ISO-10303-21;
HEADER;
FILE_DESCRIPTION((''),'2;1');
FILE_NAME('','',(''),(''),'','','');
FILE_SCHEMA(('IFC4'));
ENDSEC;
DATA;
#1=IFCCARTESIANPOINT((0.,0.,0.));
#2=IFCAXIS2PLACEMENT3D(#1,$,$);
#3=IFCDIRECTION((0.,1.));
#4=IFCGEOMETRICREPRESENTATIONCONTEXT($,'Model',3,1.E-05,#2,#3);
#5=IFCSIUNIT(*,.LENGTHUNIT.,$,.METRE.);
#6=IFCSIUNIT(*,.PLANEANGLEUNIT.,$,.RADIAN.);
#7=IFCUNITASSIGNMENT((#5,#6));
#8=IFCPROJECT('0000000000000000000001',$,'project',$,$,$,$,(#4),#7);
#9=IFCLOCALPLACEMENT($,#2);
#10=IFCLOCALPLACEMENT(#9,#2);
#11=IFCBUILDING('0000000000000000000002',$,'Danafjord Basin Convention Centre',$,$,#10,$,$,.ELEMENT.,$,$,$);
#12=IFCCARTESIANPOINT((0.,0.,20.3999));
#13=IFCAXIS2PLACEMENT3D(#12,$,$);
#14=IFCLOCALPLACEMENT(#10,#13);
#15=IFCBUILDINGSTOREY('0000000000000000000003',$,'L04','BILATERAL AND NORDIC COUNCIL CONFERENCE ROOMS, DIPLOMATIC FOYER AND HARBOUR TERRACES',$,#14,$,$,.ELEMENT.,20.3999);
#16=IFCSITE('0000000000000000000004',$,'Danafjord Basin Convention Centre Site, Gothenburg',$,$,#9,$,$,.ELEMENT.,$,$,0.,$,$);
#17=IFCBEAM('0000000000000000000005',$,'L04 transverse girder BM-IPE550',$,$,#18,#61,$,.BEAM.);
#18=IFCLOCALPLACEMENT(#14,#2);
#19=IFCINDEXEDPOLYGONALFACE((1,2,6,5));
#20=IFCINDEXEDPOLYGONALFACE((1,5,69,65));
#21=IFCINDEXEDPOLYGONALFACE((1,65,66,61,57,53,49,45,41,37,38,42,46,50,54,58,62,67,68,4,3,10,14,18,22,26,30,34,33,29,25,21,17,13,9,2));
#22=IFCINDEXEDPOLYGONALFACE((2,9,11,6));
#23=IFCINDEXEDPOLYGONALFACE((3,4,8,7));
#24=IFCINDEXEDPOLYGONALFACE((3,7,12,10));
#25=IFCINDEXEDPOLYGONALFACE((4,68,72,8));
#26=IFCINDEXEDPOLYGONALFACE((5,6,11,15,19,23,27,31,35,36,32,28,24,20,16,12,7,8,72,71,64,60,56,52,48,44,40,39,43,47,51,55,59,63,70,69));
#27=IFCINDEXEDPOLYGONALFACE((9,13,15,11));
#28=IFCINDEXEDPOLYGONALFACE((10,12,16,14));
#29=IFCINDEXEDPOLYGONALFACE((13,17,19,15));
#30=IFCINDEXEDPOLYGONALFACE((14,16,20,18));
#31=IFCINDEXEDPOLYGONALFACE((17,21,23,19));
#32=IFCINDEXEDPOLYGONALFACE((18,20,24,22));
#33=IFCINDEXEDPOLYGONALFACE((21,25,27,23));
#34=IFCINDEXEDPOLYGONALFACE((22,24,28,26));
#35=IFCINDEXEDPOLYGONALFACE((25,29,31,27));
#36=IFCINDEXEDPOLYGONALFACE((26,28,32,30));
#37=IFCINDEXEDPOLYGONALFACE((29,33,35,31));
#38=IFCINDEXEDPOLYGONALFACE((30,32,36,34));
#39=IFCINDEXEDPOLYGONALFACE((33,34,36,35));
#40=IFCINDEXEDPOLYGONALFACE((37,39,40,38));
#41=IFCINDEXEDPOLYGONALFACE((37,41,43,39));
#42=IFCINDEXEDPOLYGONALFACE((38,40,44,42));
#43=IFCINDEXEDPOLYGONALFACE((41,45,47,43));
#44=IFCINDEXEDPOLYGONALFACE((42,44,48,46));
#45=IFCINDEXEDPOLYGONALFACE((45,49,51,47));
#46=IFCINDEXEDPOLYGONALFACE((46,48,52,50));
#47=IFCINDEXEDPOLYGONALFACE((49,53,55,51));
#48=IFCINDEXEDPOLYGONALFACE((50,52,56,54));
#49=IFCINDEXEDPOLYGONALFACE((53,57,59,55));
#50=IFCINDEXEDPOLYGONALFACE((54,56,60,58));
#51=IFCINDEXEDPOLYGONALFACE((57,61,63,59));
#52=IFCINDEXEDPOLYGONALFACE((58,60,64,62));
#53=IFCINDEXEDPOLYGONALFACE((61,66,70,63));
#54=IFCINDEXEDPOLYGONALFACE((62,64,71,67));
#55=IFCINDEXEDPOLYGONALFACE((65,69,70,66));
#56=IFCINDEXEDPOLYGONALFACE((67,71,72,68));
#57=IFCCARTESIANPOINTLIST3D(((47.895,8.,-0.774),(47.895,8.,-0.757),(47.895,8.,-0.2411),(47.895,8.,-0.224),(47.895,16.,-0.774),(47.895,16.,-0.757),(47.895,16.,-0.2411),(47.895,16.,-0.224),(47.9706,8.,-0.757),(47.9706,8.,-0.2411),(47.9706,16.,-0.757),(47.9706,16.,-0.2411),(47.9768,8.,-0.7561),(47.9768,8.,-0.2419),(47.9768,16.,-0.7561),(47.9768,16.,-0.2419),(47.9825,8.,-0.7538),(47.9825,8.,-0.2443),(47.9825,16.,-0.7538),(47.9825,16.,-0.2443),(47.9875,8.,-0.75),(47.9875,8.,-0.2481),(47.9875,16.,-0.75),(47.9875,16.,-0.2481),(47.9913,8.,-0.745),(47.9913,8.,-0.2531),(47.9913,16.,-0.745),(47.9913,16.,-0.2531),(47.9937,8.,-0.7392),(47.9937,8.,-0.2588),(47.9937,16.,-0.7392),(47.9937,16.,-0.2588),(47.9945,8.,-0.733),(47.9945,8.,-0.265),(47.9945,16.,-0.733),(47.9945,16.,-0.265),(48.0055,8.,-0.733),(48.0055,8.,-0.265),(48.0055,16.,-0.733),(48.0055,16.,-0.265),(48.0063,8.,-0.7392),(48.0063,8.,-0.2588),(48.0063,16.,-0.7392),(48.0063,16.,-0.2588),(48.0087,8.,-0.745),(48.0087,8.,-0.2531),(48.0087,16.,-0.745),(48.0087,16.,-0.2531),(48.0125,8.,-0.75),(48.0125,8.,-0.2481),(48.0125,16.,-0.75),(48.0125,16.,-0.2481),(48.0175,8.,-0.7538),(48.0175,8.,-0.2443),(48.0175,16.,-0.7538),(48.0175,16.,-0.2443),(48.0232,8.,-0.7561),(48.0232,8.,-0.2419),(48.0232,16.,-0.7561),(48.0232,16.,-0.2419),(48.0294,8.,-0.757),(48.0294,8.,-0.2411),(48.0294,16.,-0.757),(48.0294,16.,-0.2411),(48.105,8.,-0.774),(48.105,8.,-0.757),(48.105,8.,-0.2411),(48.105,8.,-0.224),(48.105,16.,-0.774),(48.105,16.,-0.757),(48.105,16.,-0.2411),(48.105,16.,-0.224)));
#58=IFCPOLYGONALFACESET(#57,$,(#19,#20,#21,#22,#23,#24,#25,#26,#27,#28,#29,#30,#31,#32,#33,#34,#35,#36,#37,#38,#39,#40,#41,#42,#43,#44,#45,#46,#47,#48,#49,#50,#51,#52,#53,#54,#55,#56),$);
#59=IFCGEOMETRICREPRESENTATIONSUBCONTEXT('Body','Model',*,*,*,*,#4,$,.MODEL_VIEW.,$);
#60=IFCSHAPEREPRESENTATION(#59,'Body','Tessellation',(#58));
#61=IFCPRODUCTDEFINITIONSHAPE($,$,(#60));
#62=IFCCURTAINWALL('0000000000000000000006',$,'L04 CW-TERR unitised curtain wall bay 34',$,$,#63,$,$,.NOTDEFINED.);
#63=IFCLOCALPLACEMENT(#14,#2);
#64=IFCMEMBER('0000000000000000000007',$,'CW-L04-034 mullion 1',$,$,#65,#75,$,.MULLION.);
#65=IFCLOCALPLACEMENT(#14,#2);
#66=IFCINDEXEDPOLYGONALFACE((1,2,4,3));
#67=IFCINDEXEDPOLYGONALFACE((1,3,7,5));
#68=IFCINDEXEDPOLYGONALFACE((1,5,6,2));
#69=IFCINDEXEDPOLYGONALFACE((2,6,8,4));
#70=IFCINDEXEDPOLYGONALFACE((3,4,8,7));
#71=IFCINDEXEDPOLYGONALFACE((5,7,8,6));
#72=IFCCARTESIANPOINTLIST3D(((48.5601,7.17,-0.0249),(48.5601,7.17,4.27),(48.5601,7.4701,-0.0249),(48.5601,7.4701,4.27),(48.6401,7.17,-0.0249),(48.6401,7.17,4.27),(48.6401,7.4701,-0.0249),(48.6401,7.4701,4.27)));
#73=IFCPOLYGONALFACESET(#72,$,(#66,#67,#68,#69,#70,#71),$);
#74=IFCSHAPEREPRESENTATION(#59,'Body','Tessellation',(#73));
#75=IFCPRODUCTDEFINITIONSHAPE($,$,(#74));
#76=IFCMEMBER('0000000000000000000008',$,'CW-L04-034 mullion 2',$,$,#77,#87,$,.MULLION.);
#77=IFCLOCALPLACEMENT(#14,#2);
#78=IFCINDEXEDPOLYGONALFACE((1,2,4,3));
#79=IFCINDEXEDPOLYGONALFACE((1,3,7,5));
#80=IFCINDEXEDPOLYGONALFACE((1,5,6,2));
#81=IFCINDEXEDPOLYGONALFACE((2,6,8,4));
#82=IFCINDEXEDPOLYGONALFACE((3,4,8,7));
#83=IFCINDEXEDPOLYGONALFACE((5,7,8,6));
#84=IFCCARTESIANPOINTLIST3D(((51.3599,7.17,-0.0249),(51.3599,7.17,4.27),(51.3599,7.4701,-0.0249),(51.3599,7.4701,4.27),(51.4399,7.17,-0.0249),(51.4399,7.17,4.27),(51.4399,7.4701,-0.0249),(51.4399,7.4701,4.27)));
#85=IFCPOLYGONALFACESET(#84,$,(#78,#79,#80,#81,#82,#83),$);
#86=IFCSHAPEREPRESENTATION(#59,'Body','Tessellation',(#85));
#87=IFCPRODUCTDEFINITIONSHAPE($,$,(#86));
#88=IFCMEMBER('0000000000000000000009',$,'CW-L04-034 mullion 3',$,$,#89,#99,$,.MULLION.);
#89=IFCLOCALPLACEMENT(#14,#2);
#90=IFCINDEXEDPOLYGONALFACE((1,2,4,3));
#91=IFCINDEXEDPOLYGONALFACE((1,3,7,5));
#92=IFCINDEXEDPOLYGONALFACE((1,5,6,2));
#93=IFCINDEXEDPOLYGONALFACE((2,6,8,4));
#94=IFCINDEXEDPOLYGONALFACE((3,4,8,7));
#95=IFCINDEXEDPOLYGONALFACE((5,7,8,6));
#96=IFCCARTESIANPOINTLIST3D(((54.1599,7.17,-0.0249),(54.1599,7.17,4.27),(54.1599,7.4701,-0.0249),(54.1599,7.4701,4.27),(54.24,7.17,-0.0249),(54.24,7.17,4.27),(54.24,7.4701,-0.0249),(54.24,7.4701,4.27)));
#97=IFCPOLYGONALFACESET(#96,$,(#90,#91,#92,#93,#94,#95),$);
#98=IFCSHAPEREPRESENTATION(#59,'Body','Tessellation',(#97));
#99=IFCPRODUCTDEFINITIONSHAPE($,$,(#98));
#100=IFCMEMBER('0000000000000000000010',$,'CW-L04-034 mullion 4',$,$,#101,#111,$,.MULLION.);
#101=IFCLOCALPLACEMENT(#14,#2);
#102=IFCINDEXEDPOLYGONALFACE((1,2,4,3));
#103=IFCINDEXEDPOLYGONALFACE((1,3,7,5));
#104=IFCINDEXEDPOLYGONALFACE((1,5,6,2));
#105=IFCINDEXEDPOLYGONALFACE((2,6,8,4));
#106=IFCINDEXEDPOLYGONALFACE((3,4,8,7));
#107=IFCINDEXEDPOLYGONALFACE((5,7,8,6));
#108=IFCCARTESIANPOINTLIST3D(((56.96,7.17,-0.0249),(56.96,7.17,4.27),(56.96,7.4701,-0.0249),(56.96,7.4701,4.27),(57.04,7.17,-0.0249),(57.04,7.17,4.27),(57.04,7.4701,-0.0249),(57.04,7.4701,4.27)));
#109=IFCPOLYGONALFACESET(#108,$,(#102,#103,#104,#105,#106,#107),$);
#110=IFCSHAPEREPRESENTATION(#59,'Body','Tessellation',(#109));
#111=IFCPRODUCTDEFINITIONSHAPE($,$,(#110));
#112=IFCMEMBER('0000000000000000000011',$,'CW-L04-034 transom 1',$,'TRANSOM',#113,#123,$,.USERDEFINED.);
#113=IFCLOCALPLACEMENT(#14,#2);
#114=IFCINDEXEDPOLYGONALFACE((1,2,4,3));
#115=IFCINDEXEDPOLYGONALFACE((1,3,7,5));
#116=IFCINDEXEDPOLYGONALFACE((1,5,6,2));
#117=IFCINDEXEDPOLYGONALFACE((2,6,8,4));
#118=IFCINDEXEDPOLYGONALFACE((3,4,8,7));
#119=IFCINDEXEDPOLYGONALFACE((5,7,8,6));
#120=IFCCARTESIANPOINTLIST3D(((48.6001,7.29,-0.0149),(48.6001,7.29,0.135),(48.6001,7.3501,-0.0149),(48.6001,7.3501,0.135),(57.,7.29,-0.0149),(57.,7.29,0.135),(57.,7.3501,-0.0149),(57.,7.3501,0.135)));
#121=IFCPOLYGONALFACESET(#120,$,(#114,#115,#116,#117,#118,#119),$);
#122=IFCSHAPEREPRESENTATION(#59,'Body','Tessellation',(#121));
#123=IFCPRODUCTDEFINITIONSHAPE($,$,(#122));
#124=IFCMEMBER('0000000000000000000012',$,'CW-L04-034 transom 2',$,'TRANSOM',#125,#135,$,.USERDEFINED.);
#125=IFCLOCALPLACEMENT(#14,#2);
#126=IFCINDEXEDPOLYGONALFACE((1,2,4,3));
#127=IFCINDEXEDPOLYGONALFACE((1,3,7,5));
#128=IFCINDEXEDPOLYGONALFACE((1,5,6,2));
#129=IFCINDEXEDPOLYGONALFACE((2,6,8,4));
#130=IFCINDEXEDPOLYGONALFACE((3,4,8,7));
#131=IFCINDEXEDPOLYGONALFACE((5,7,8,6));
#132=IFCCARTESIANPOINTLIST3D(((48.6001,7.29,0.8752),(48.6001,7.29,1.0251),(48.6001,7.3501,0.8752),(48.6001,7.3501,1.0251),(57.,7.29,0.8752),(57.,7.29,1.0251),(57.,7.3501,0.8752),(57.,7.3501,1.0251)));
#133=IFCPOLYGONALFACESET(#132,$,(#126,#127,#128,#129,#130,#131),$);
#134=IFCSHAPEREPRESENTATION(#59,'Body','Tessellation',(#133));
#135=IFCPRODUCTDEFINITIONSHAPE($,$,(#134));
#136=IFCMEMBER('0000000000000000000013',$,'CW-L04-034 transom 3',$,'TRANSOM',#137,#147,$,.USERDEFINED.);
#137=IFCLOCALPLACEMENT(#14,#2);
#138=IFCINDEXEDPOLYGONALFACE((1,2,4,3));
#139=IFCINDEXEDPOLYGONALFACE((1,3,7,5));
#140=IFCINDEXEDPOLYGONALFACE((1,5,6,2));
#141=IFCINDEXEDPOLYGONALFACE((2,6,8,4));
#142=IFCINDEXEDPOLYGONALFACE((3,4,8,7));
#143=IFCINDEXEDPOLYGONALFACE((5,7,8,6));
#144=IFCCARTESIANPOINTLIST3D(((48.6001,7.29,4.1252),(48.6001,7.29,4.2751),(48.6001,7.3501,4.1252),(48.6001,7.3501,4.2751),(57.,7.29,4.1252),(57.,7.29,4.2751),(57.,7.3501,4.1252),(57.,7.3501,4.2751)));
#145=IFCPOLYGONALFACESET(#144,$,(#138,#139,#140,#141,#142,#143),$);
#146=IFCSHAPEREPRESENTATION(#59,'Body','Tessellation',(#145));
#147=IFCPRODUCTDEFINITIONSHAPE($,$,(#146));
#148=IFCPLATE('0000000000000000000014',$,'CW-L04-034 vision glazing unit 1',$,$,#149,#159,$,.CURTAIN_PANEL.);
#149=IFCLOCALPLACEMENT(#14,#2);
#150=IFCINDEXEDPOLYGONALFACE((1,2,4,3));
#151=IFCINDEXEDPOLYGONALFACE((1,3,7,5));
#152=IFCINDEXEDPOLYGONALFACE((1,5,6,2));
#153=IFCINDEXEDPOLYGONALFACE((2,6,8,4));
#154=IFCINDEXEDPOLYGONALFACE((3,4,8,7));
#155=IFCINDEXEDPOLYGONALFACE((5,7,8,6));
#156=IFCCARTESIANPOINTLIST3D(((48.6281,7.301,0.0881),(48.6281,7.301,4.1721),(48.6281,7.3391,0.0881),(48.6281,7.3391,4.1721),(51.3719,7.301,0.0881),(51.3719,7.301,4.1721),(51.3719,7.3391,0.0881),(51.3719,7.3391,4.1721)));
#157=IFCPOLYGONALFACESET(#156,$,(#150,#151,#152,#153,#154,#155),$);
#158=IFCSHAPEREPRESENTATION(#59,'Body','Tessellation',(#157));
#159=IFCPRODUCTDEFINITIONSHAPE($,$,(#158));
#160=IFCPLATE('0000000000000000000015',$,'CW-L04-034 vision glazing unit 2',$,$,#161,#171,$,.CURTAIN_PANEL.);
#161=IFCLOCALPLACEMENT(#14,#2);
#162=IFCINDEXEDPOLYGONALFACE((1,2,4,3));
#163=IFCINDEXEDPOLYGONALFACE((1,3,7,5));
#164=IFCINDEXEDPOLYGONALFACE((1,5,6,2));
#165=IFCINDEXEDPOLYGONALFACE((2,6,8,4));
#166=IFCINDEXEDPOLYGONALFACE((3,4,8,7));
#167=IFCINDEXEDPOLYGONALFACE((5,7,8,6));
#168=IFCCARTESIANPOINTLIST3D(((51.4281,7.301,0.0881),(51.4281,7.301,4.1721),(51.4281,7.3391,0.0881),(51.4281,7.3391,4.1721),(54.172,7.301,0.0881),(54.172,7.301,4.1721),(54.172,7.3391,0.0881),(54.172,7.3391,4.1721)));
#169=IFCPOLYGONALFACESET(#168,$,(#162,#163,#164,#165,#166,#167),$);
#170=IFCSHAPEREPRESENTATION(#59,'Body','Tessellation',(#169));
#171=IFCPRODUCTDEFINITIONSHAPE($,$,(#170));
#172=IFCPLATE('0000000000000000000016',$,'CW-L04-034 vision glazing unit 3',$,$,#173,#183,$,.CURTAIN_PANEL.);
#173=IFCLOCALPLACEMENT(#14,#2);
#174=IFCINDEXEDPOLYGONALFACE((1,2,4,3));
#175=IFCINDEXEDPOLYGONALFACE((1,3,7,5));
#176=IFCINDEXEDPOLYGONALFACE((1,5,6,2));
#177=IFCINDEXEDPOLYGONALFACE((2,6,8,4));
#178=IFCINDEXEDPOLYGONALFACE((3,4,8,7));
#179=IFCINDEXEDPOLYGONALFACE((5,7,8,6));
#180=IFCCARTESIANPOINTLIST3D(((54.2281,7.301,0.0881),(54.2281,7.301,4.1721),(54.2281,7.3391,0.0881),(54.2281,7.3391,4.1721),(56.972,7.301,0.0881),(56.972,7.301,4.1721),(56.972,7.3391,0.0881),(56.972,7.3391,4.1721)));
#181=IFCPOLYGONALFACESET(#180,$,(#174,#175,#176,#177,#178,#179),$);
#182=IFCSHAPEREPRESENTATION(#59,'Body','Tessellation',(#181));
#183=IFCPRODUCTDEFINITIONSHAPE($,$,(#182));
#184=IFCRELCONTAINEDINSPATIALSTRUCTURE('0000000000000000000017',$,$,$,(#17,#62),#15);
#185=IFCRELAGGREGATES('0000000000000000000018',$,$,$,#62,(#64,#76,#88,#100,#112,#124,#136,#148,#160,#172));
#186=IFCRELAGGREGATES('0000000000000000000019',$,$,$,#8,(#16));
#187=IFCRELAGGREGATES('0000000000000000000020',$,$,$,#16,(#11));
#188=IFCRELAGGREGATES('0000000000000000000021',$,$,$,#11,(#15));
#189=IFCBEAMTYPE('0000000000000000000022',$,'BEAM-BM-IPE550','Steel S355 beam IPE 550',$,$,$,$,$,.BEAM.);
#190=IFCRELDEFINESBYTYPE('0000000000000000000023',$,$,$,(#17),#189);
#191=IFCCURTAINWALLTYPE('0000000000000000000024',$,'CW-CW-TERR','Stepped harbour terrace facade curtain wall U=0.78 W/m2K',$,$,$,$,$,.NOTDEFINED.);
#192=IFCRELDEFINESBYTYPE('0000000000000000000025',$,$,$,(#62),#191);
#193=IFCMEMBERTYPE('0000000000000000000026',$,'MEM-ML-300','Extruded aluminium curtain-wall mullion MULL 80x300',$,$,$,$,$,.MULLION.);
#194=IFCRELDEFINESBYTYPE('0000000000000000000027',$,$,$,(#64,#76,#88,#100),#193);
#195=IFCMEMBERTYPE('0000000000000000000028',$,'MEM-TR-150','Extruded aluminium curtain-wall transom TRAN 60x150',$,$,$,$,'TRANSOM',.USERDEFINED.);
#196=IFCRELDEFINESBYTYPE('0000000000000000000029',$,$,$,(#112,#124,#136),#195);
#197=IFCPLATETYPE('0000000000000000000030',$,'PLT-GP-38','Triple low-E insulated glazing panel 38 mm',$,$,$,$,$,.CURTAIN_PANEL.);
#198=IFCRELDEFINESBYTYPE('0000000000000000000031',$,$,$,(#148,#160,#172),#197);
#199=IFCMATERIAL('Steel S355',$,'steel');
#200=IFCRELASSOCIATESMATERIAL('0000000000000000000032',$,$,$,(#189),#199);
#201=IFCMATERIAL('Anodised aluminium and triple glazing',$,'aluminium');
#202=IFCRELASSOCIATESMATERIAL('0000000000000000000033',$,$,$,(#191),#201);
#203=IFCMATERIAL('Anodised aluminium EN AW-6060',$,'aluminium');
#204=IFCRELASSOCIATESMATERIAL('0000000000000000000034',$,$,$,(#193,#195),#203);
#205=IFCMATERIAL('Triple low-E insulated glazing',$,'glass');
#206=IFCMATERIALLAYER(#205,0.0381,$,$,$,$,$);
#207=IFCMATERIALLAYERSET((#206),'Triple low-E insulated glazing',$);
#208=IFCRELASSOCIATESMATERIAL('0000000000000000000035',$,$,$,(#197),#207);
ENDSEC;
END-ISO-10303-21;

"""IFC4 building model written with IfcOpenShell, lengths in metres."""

from ifc_helpers import new_model, si_unit, direction, frame, origin, origin_2d, place, context, subcontext, project, spatial, rectangle, i_section, extrude, material, layer, layer_set, material_profile, profile_set, type_object, element, aggregate, save


model = new_model("IFC4")

# Units and contexts
model_context = context("Model", 3, precision=1e-05, world=origin(), true_north=direction((0.0, 1.0)))
body_context = subcontext(model_context, "Body", "Model", "MODEL_VIEW")
ifc_project = project(units=[si_unit("LENGTHUNIT", "METRE"), si_unit("PLANEANGLEUNIT", "RADIAN")], contexts=[model_context])

# Site, building, storey
site_placement = place(None, origin())
site = spatial("IfcSite", under=ifc_project, at=site_placement, Name="Danafjord Basin Convention Centre Site, Gothenburg", CompositionType="ELEMENT", RefElevation=0.0)
building_placement = place(site_placement, origin())
building = spatial("IfcBuilding", under=site, at=building_placement, Name="Danafjord Basin Convention Centre", CompositionType="ELEMENT")
storey_placement = place(building_placement, frame((0.0, 0.0, 20.3999)))
storey = spatial("IfcBuildingStorey", under=building, at=storey_placement, Name="L04", Description="BILATERAL AND NORDIC COUNCIL CONFERENCE ROOMS, DIPLOMATIC FOYER AND HARBOUR TERRACES", CompositionType="ELEMENT", Elevation=20.3999)

# Shared definitions
ifc_material_1 = material(Name="Steel S355", Category="steel")

# Beam
ifc_material_profile_1 = material_profile(ifc_material_1, i_section(OverallWidth=0.21, OverallDepth=0.55, WebThickness=0.011, FlangeThickness=0.0171, FilletRadius=0.0239, at=origin_2d()), Name="IPE 550")
ifc_profile_set_1 = profile_set([ifc_material_profile_1], Name="Steel S355")
beam_type_1 = type_object("IfcBeamType", Name="BEAM-BM-IPE550", Description="Steel S355 beam IPE 550", PredefinedType="BEAM", material=ifc_profile_set_1)
beam_1_placement = place(storey_placement, frame((48.0, 8.0, -0.499), z_axis=(0.0, 1.0, 0.0), x_axis=(-1.0, 0.0, 0.0)))
element("IfcBeam", 1, at=beam_1_placement, inside=storey, type_object=beam_type_1, Name="L04 transverse girder BM-IPE550", PredefinedType="BEAM", context=body_context, shape_type="SweptSolid", body=[
    extrude(i_section(OverallWidth=0.21, OverallDepth=0.55, WebThickness=0.011, FlangeThickness=0.0171, FilletRadius=0.0239, at=origin_2d()), origin(), (0.0, 0.0, 1.0), 8.0),
])

# Curtain wall, members, plates
ifc_material_2 = material(Name="Anodised aluminium and triple glazing", Category="aluminium")
curtain_wall_type = type_object("IfcCurtainWallType", Name="CW-CW-TERR", Description="Stepped harbour terrace facade curtain wall U=0.78 W/m2K", PredefinedType="NOTDEFINED", material=ifc_material_2)
curtain_wall_placement = place(storey_placement, origin())
curtain_wall = element("IfcCurtainWall", 2, at=curtain_wall_placement, inside=storey, type_object=curtain_wall_type, Name="L04 CW-TERR unitised curtain wall bay 34", PredefinedType="NOTDEFINED")
ifc_material_3 = material(Name="Anodised aluminium EN AW-6060", Category="aluminium")
ifc_material_profile_2 = material_profile(ifc_material_3, rectangle(XDim=0.0801, YDim=0.3, at=origin_2d()), Name="MULL 80x300")
ifc_profile_set_2 = profile_set([ifc_material_profile_2], Name="Anodised aluminium EN AW-6060")
member_type_1 = type_object("IfcMemberType", Name="MEM-ML-300", Description="Extruded aluminium curtain-wall mullion MULL 80x300", PredefinedType="MULLION", material=ifc_profile_set_2)
member_1_placement = place(storey_placement, frame((48.6001, 7.3201, -0.0249), z_axis=(0.0, 0.0, 1.0), x_axis=(1.0, 0.0, 0.0)))
member_1 = element("IfcMember", 3, at=member_1_placement, type_object=member_type_1, Name="CW-L04-034 mullion 1", PredefinedType="MULLION", context=body_context, shape_type="SweptSolid", body=[
    extrude(rectangle(XDim=0.0801, YDim=0.3, at=origin_2d()), origin(), (0.0, 0.0, 1.0), 4.2949),
])
member_2_placement = place(storey_placement, frame((51.3999, 7.3201, -0.0249), z_axis=(0.0, 0.0, 1.0), x_axis=(1.0, 0.0, 0.0)))
member_2 = element("IfcMember", 4, at=member_2_placement, type_object=member_type_1, Name="CW-L04-034 mullion 2", PredefinedType="MULLION", context=body_context, shape_type="SweptSolid", body=[
    extrude(rectangle(XDim=0.0801, YDim=0.3, at=origin_2d()), origin(), (0.0, 0.0, 1.0), 4.2949),
])
member_3_placement = place(storey_placement, frame((54.2, 7.3201, -0.0249), z_axis=(0.0, 0.0, 1.0), x_axis=(1.0, 0.0, 0.0)))
member_3 = element("IfcMember", 5, at=member_3_placement, type_object=member_type_1, Name="CW-L04-034 mullion 3", PredefinedType="MULLION", context=body_context, shape_type="SweptSolid", body=[
    extrude(rectangle(XDim=0.0801, YDim=0.3, at=origin_2d()), origin(), (0.0, 0.0, 1.0), 4.2949),
])
member_4_placement = place(storey_placement, frame((57.0, 7.3201, -0.0249), z_axis=(0.0, 0.0, 1.0), x_axis=(1.0, 0.0, 0.0)))
member_4 = element("IfcMember", 6, at=member_4_placement, type_object=member_type_1, Name="CW-L04-034 mullion 4", PredefinedType="MULLION", context=body_context, shape_type="SweptSolid", body=[
    extrude(rectangle(XDim=0.0801, YDim=0.3, at=origin_2d()), origin(), (0.0, 0.0, 1.0), 4.2949),
])
ifc_material_profile_3 = material_profile(ifc_material_3, rectangle(XDim=0.0601, YDim=0.1499, at=origin_2d()), Name="TRAN 60x150")
ifc_profile_set_3 = profile_set([ifc_material_profile_3], Name="Anodised aluminium EN AW-6060")
member_type_2 = type_object("IfcMemberType", Name="MEM-TR-150", Description="Extruded aluminium curtain-wall transom TRAN 60x150", ElementType="TRANSOM", PredefinedType="USERDEFINED", material=ifc_profile_set_3)
member_5_placement = place(storey_placement, frame((48.6001, 7.3201, 0.0601), z_axis=(1.0, 0.0, 0.0), x_axis=(0.0, 1.0, 0.0)))
member_5 = element("IfcMember", 7, at=member_5_placement, type_object=member_type_2, Name="CW-L04-034 transom 1", ObjectType="TRANSOM", PredefinedType="USERDEFINED", context=body_context, shape_type="SweptSolid", body=[
    extrude(rectangle(XDim=0.0601, YDim=0.1499, at=origin_2d()), origin(), (0.0, 0.0, 1.0), 8.3999),
])
member_6_placement = place(storey_placement, frame((48.6001, 7.3201, 0.9502), z_axis=(1.0, 0.0, 0.0), x_axis=(0.0, 1.0, 0.0)))
member_6 = element("IfcMember", 8, at=member_6_placement, type_object=member_type_2, Name="CW-L04-034 transom 2", ObjectType="TRANSOM", PredefinedType="USERDEFINED", context=body_context, shape_type="SweptSolid", body=[
    extrude(rectangle(XDim=0.0601, YDim=0.1499, at=origin_2d()), origin(), (0.0, 0.0, 1.0), 8.3999),
])
member_7_placement = place(storey_placement, frame((48.6001, 7.3201, 4.2002), z_axis=(1.0, 0.0, 0.0), x_axis=(0.0, 1.0, 0.0)))
member_7 = element("IfcMember", 9, at=member_7_placement, type_object=member_type_2, Name="CW-L04-034 transom 3", ObjectType="TRANSOM", PredefinedType="USERDEFINED", context=body_context, shape_type="SweptSolid", body=[
    extrude(rectangle(XDim=0.0601, YDim=0.1499, at=origin_2d()), origin(), (0.0, 0.0, 1.0), 8.3999),
])
ifc_material_4 = material(Name="Triple low-E insulated glazing", Category="glass")
ifc_layer_1 = layer(ifc_material_4, 0.0381)
ifc_layer_set_1 = layer_set([ifc_layer_1], Name="Triple low-E insulated glazing")
plate_type = type_object("IfcPlateType", Name="PLT-GP-38", Description="Triple low-E insulated glazing panel 38 mm", PredefinedType="CURTAIN_PANEL", material=ifc_layer_set_1)
plate_1_placement = place(storey_placement, frame((50.0, 7.3201, 0.0881), z_axis=(0.0, 0.0, 1.0), x_axis=(1.0, 0.0, 0.0)))
plate_1 = element("IfcPlate", 10, at=plate_1_placement, type_object=plate_type, Name="CW-L04-034 vision glazing unit 1", PredefinedType="CURTAIN_PANEL", context=body_context, shape_type="SweptSolid", body=[
    extrude(rectangle(XDim=2.7439, YDim=0.0381, at=origin_2d()), origin(), (0.0, 0.0, 1.0), 4.084),
])
plate_2_placement = place(storey_placement, frame((52.8, 7.3201, 0.0881), z_axis=(0.0, 0.0, 1.0), x_axis=(1.0, 0.0, 0.0)))
plate_2 = element("IfcPlate", 11, at=plate_2_placement, type_object=plate_type, Name="CW-L04-034 vision glazing unit 2", PredefinedType="CURTAIN_PANEL", context=body_context, shape_type="SweptSolid", body=[
    extrude(rectangle(XDim=2.7439, YDim=0.0381, at=origin_2d()), origin(), (0.0, 0.0, 1.0), 4.084),
])
plate_3_placement = place(storey_placement, frame((55.6001, 7.3201, 0.0881), z_axis=(0.0, 0.0, 1.0), x_axis=(1.0, 0.0, 0.0)))
plate_3 = element("IfcPlate", 12, at=plate_3_placement, type_object=plate_type, Name="CW-L04-034 vision glazing unit 3", PredefinedType="CURTAIN_PANEL", context=body_context, shape_type="SweptSolid", body=[
    extrude(rectangle(XDim=2.7439, YDim=0.0381, at=origin_2d()), origin(), (0.0, 0.0, 1.0), 4.084),
])
aggregate(curtain_wall, [member_1, member_2, member_3, member_4, member_5, member_6, member_7, plate_1, plate_2, plate_3])

save(model, "model.ifc")
